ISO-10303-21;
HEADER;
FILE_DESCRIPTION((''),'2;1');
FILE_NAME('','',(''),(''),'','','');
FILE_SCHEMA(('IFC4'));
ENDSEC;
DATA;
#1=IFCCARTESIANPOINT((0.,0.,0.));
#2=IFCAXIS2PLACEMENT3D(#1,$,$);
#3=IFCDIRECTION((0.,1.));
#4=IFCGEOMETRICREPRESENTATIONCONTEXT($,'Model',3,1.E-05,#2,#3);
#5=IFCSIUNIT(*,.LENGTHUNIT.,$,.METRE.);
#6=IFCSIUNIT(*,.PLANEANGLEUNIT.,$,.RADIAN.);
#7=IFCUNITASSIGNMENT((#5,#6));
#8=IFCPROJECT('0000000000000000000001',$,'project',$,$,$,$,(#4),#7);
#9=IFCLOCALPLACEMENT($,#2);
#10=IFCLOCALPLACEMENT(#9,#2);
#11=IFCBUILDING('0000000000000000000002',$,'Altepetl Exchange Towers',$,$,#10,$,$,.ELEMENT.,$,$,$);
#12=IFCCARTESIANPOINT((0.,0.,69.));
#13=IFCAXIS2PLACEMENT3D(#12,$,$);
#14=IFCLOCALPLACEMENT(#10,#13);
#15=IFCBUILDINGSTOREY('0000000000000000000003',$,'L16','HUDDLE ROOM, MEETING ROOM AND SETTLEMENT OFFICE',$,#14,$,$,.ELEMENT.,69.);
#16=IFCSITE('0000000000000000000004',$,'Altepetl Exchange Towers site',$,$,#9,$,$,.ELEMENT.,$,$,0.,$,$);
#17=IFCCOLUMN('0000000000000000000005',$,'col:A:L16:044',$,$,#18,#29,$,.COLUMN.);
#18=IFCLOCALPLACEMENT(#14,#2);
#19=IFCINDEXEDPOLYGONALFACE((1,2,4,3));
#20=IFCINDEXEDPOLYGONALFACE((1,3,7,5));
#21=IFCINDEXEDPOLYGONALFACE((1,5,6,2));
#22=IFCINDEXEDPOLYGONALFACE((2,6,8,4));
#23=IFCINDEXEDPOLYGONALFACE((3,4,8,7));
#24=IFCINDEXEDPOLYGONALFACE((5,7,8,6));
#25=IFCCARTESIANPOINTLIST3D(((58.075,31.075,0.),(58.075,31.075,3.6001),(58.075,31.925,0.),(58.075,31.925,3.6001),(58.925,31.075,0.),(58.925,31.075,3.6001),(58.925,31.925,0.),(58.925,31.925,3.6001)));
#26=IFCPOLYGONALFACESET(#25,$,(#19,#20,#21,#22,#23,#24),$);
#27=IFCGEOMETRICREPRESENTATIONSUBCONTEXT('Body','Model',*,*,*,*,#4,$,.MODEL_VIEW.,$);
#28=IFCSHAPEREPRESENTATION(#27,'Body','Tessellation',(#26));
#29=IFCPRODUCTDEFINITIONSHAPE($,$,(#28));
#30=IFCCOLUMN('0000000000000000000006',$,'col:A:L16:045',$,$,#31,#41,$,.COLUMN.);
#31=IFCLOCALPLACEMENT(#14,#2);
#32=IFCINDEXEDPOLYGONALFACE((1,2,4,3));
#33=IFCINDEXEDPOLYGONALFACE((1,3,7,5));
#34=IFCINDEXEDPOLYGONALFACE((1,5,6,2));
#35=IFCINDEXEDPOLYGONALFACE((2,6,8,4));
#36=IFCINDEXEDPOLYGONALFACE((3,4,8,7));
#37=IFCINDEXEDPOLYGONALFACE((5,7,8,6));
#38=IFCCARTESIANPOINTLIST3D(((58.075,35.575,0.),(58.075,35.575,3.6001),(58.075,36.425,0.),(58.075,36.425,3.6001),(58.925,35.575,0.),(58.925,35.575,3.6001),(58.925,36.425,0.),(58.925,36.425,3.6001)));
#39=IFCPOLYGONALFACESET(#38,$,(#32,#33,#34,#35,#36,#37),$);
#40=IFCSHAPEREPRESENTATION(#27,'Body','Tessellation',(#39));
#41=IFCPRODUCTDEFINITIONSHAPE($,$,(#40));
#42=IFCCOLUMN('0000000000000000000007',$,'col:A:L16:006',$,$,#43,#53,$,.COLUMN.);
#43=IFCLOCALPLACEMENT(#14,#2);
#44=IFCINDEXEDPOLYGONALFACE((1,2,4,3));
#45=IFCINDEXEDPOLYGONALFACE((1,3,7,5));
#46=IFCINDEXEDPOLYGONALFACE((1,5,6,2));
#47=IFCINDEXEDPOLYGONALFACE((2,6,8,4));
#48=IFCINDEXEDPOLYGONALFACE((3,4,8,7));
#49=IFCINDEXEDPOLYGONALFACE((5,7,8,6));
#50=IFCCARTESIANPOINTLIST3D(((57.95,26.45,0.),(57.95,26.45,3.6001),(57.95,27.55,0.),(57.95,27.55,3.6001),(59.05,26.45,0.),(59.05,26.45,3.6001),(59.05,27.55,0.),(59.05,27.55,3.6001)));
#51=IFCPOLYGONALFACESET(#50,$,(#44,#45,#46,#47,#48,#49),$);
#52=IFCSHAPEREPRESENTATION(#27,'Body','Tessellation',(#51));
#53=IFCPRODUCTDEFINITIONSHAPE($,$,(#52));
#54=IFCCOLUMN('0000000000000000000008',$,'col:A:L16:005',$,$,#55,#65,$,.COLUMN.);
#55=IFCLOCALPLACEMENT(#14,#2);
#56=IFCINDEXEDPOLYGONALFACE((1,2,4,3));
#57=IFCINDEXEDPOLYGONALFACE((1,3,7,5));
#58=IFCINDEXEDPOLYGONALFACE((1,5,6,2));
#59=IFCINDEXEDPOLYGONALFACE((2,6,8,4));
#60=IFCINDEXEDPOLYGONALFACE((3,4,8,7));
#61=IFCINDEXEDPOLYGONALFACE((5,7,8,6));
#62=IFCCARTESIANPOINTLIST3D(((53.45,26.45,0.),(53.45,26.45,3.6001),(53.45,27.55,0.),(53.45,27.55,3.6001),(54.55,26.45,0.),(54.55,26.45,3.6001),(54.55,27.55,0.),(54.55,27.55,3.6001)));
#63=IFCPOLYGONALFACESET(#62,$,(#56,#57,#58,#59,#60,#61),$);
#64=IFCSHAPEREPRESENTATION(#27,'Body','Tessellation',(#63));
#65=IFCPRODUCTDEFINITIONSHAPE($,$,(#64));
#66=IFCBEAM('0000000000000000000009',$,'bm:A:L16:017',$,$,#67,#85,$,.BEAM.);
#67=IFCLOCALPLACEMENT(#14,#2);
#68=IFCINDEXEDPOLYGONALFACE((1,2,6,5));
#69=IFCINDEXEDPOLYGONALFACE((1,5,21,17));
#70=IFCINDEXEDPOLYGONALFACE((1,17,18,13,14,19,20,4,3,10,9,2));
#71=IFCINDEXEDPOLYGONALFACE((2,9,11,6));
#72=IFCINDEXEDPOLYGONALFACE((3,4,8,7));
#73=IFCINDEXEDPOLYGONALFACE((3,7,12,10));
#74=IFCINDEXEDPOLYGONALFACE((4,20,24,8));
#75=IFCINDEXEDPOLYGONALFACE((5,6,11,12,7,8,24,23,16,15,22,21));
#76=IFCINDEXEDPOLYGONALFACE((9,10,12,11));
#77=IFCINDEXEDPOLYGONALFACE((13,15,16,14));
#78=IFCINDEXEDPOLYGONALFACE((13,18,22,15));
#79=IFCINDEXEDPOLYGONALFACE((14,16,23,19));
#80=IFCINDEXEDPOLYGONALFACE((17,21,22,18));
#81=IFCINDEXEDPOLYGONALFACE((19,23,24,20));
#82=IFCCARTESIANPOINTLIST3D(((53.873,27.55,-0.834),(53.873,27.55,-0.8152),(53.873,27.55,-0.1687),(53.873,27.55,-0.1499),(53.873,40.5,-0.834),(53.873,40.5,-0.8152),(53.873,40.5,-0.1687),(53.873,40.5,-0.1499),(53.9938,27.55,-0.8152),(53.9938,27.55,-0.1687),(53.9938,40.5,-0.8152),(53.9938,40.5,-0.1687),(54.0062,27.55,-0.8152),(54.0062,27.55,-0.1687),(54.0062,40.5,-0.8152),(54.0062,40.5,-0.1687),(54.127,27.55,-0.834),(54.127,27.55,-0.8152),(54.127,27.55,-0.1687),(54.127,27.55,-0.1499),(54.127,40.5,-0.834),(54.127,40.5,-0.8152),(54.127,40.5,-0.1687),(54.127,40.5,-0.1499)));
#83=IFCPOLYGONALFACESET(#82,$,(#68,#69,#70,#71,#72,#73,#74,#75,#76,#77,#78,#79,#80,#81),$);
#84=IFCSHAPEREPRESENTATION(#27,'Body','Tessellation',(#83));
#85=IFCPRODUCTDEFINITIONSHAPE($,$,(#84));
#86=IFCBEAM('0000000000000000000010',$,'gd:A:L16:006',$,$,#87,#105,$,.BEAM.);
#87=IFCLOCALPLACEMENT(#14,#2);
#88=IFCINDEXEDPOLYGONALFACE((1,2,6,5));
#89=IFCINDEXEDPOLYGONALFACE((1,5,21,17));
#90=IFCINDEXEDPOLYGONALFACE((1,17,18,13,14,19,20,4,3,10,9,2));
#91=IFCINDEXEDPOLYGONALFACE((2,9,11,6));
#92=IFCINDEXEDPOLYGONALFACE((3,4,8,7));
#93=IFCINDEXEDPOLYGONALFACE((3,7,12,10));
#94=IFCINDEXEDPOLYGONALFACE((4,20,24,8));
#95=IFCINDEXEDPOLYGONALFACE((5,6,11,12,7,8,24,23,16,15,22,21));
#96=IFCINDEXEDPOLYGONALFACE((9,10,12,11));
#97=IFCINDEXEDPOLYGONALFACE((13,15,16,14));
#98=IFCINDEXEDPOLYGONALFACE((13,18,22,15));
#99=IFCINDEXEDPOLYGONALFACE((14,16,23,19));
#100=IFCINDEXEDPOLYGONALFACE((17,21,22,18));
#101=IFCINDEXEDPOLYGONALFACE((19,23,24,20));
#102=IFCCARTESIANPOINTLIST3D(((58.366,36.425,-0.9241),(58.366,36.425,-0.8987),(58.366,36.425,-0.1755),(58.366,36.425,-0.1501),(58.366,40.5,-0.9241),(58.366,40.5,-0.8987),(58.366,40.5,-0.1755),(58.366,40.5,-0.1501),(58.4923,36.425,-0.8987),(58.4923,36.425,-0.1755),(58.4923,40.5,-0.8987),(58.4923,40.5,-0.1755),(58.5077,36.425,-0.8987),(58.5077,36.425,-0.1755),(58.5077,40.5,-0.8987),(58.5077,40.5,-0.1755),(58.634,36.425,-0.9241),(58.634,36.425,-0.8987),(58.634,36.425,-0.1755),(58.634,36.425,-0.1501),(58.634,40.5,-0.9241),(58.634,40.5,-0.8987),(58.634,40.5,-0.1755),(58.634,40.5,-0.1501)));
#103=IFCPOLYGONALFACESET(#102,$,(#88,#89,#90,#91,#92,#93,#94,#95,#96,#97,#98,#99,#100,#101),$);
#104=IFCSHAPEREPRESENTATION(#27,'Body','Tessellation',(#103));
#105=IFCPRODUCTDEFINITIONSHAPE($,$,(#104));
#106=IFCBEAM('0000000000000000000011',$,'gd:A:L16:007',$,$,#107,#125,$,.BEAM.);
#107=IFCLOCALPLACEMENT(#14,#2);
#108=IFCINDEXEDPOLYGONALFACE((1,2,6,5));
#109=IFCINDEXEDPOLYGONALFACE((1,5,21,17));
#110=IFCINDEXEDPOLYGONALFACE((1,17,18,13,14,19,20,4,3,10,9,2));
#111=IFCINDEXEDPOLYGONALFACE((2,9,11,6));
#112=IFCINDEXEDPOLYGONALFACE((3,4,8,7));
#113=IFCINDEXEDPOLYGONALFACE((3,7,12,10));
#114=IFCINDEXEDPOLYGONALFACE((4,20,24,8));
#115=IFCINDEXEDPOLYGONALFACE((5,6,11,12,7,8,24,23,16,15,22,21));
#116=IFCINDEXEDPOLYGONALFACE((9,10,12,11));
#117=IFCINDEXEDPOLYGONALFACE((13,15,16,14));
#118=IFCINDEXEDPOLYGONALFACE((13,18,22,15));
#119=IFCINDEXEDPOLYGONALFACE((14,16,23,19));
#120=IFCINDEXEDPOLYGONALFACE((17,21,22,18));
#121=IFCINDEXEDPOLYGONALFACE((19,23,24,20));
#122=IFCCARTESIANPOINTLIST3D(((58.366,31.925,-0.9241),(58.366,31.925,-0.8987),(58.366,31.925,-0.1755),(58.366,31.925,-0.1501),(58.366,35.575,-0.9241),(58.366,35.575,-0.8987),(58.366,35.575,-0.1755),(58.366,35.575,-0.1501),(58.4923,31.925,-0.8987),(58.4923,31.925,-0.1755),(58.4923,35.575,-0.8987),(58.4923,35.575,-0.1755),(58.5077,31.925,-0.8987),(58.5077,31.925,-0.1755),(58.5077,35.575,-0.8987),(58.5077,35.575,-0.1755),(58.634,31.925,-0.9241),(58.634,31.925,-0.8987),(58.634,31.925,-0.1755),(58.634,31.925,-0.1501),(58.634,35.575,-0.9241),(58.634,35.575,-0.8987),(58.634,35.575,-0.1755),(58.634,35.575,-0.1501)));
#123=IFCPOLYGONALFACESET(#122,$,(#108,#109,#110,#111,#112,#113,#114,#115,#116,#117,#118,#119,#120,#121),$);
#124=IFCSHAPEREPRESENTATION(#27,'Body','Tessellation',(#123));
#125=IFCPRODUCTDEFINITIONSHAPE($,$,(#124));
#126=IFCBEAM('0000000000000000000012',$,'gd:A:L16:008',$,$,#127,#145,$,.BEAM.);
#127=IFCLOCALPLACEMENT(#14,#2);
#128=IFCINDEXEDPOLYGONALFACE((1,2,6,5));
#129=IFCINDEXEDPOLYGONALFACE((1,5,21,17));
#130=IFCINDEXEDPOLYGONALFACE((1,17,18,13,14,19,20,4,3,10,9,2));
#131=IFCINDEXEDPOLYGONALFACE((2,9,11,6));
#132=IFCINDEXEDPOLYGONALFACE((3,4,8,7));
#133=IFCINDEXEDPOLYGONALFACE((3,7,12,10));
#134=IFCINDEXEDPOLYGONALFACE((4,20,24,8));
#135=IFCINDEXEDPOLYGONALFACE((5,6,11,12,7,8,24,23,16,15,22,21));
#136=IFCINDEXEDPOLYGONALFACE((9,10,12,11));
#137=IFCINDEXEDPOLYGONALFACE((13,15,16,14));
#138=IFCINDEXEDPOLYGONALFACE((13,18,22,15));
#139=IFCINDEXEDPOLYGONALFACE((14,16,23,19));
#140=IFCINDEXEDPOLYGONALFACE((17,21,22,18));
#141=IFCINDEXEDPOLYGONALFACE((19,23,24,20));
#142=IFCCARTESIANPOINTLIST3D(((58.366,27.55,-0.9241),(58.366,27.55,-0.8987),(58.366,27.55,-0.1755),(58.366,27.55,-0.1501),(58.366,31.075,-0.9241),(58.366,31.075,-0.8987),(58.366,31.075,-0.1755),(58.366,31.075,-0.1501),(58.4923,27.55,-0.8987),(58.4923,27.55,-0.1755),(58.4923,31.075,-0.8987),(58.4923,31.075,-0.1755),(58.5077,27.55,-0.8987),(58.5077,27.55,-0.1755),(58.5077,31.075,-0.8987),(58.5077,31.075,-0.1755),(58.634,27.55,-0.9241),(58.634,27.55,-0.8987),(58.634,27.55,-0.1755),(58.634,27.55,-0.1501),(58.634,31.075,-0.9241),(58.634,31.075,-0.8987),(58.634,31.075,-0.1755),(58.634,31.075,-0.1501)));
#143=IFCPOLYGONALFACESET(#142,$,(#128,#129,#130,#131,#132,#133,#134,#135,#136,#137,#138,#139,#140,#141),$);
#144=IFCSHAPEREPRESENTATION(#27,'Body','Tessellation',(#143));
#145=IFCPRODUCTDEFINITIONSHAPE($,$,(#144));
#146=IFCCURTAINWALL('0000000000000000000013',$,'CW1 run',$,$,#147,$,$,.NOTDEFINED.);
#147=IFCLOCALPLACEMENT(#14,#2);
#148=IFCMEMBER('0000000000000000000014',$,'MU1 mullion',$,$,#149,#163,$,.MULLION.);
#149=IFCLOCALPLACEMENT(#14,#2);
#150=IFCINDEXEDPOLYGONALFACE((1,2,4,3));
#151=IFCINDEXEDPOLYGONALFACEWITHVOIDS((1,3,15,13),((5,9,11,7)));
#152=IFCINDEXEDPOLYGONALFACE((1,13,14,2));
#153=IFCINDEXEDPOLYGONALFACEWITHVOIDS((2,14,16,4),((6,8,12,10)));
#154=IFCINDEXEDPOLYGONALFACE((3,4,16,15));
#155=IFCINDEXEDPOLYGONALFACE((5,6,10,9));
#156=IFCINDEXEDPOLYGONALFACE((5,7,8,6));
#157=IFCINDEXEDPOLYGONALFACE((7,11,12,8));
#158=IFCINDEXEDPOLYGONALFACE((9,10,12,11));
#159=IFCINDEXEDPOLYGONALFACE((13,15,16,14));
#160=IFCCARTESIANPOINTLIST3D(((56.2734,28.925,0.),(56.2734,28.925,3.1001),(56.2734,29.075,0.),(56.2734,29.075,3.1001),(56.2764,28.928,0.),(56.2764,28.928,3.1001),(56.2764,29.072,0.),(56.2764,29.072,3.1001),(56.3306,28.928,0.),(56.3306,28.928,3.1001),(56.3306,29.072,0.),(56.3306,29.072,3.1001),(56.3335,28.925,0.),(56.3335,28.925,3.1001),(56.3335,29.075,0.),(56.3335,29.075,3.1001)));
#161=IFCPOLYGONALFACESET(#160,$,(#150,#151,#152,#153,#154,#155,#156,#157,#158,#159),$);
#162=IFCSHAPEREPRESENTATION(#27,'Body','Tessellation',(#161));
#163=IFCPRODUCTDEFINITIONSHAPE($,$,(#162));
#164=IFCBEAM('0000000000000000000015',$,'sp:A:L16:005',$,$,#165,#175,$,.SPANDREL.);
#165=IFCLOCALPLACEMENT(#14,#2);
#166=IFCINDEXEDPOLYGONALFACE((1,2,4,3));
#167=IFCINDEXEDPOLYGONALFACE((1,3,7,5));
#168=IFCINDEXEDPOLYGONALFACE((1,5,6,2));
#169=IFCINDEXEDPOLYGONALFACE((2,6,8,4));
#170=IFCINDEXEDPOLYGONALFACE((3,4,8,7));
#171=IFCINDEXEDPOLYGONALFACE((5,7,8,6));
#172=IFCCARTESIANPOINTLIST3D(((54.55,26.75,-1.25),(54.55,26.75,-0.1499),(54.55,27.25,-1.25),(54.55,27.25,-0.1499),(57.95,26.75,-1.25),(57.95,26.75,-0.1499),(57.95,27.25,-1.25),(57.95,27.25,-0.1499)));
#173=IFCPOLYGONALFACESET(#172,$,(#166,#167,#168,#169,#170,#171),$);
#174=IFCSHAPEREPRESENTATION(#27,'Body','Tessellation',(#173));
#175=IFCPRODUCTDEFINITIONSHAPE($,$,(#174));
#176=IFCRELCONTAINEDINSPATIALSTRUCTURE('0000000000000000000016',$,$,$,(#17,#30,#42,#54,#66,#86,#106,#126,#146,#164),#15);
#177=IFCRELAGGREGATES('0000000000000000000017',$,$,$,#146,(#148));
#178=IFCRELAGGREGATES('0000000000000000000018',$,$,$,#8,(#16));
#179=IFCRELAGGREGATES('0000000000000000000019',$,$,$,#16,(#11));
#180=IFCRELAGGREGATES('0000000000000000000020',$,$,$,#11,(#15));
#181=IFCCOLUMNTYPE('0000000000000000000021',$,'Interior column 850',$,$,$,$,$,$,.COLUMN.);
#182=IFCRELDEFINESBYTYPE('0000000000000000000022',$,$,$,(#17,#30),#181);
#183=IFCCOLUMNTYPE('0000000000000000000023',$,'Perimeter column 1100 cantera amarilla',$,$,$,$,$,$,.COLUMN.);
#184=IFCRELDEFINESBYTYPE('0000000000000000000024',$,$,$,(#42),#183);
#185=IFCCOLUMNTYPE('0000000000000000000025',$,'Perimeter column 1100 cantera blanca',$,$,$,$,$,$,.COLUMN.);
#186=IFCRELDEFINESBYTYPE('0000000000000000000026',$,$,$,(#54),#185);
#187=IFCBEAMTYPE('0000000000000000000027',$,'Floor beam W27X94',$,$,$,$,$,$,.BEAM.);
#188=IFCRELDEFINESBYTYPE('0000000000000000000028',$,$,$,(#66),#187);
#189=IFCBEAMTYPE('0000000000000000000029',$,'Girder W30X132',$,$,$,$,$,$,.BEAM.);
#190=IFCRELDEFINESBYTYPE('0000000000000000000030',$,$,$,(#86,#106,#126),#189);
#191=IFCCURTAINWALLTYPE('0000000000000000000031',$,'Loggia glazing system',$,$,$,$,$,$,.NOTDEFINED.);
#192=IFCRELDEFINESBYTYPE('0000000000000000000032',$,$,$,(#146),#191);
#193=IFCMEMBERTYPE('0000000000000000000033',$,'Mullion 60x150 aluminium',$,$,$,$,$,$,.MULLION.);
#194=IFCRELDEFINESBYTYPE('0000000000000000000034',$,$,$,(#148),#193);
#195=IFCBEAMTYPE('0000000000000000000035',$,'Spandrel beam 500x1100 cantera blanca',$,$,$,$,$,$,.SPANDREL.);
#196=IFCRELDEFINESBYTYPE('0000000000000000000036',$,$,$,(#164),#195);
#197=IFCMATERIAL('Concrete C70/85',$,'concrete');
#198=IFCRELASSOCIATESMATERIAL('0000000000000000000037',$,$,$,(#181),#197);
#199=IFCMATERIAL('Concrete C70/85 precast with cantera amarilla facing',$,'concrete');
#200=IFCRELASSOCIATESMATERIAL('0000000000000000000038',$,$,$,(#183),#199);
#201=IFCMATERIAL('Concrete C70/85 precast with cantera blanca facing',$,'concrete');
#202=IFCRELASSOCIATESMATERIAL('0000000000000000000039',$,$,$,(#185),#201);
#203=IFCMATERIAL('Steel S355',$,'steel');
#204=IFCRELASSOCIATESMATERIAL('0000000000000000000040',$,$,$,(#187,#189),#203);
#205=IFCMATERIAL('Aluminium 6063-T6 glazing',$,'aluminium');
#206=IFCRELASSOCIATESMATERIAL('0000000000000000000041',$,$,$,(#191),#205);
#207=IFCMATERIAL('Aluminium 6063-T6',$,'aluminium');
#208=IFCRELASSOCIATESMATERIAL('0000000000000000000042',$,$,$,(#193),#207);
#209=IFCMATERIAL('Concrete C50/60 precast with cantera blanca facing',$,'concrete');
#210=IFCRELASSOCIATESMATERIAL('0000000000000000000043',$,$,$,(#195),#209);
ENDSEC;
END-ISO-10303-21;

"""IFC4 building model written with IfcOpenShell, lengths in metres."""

from ifc_helpers import new_model, si_unit, direction, frame, origin, origin_2d, place, context, subcontext, project, spatial, rectangle, hollow_rectangle, i_section, extrude, material, material_profile, profile_set, type_object, element, aggregate, save


model = new_model("IFC4")

# Units and contexts
model_context = context("Model", 3, precision=1e-05, world=origin(), true_north=direction((0.0, 1.0)))
body_context = subcontext(model_context, "Body", "Model", "MODEL_VIEW")
ifc_project = project(units=[si_unit("LENGTHUNIT", "METRE"), si_unit("PLANEANGLEUNIT", "RADIAN")], contexts=[model_context])

# Site, building, storey
site_placement = place(None, origin())
site = spatial("IfcSite", under=ifc_project, at=site_placement, Name="Altepetl Exchange Towers site", CompositionType="ELEMENT", RefElevation=0.0)
building_placement = place(site_placement, origin())
building = spatial("IfcBuilding", under=site, at=building_placement, Name="Altepetl Exchange Towers", CompositionType="ELEMENT")
storey_placement = place(building_placement, frame((0.0, 0.0, 69.0)))
storey = spatial("IfcBuildingStorey", under=building, at=storey_placement, Name="L16", Description="HUDDLE ROOM, MEETING ROOM AND SETTLEMENT OFFICE", CompositionType="ELEMENT", Elevation=69.0)

# Columns
ifc_material_1 = material(Name="Concrete C70/85", Category="concrete")
ifc_material_profile_1 = material_profile(ifc_material_1, rectangle(XDim=0.8501, YDim=0.8501, at=origin_2d()), Name="850 x 850")
ifc_profile_set_1 = profile_set([ifc_material_profile_1], Name="Concrete C70/85")
column_type_1 = type_object("IfcColumnType", Name="Interior column 850", PredefinedType="COLUMN", material=ifc_profile_set_1)
for number, where, name in (
    (1, (58.5, 31.5, 0.0), "col:A:L16:044"),
    (2, (58.5, 36.0, 0.0), "col:A:L16:045"),
):
    element("IfcColumn", number, at=place(storey_placement, frame(where)), inside=storey, type_object=column_type_1, Name=name, PredefinedType="COLUMN", context=body_context, shape_type="SweptSolid", body=[
        extrude(rectangle(XDim=0.8501, YDim=0.8501, at=origin_2d()), origin(), (0.0, 0.0, 1.0), 3.6001),
    ])
ifc_material_2 = material(Name="Concrete C70/85 precast with cantera amarilla facing", Category="concrete")
ifc_material_profile_2 = material_profile(ifc_material_2, rectangle(XDim=1.1001, YDim=1.1001, at=origin_2d()), Name="1100 x 1100")
ifc_profile_set_2 = profile_set([ifc_material_profile_2], Name="Concrete C70/85 precast with cantera amarilla facing")
column_type_2 = type_object("IfcColumnType", Name="Perimeter column 1100 cantera amarilla", PredefinedType="COLUMN", material=ifc_profile_set_2)
column_1_placement = place(storey_placement, frame((58.5, 27.0, 0.0)))
element("IfcColumn", 3, at=column_1_placement, inside=storey, type_object=column_type_2, Name="col:A:L16:006", PredefinedType="COLUMN", context=body_context, shape_type="SweptSolid", body=[
    extrude(rectangle(XDim=1.1001, YDim=1.1001, at=origin_2d()), origin(), (0.0, 0.0, 1.0), 3.6001),
])
ifc_material_3 = material(Name="Concrete C70/85 precast with cantera blanca facing", Category="concrete")
ifc_material_profile_3 = material_profile(ifc_material_3, rectangle(XDim=1.1001, YDim=1.1001, at=origin_2d()), Name="1100 x 1100")
ifc_profile_set_3 = profile_set([ifc_material_profile_3], Name="Concrete C70/85 precast with cantera blanca facing")
column_type_3 = type_object("IfcColumnType", Name="Perimeter column 1100 cantera blanca", PredefinedType="COLUMN", material=ifc_profile_set_3)
column_2_placement = place(storey_placement, frame((54.0, 27.0, 0.0)))
element("IfcColumn", 4, at=column_2_placement, inside=storey, type_object=column_type_3, Name="col:A:L16:005", PredefinedType="COLUMN", context=body_context, shape_type="SweptSolid", body=[
    extrude(rectangle(XDim=1.1001, YDim=1.1001, at=origin_2d()), origin(), (0.0, 0.0, 1.0), 3.6001),
])

# Beams
ifc_material_4 = material(Name="Steel S355", Category="steel")
ifc_material_profile_4 = material_profile(ifc_material_4, i_section(OverallWidth=0.2539, OverallDepth=0.6841, WebThickness=0.0125, FlangeThickness=0.0188, at=origin_2d()), Name="W27X94")
ifc_profile_set_4 = profile_set([ifc_material_profile_4], Name="Steel S355")
beam_type_1 = type_object("IfcBeamType", Name="Floor beam W27X94", PredefinedType="BEAM", material=ifc_profile_set_4)
beam_1_placement = place(storey_placement, frame((54.0, 27.55, -0.4919), z_axis=(0.0, 1.0, 0.0), x_axis=(-1.0, 0.0, 0.0)))
element("IfcBeam", 5, at=beam_1_placement, inside=storey, type_object=beam_type_1, Name="bm:A:L16:017", PredefinedType="BEAM", context=body_context, shape_type="SweptSolid", body=[
    extrude(i_section(OverallWidth=0.2539, OverallDepth=0.6841, WebThickness=0.0125, FlangeThickness=0.0188, at=origin_2d()), origin(), (0.0, 0.0, 1.0), 12.95),
])
ifc_material_profile_5 = material_profile(ifc_material_4, i_section(OverallWidth=0.2681, OverallDepth=0.7739, WebThickness=0.0154, FlangeThickness=0.0254, at=origin_2d()), Name="W30X132")
ifc_profile_set_5 = profile_set([ifc_material_profile_5], Name="Steel S355")
beam_type_2 = type_object("IfcBeamType", Name="Girder W30X132", PredefinedType="BEAM", material=ifc_profile_set_5)
beam_2_placement = place(storey_placement, frame((58.5, 40.5, -0.5371), z_axis=(0.0, -1.0, 0.0), x_axis=(1.0, 0.0, 0.0)))
element("IfcBeam", 6, at=beam_2_placement, inside=storey, type_object=beam_type_2, Name="gd:A:L16:006", PredefinedType="BEAM", context=body_context, shape_type="SweptSolid", body=[
    extrude(i_section(OverallWidth=0.2681, OverallDepth=0.7739, WebThickness=0.0154, FlangeThickness=0.0254, at=origin_2d()), origin(), (0.0, 0.0, 1.0), 4.075),
])
beam_3_placement = place(storey_placement, frame((58.5, 35.575, -0.5371), z_axis=(0.0, -1.0, 0.0), x_axis=(1.0, 0.0, 0.0)))
element("IfcBeam", 7, at=beam_3_placement, inside=storey, type_object=beam_type_2, Name="gd:A:L16:007", PredefinedType="BEAM", context=body_context, shape_type="SweptSolid", body=[
    extrude(i_section(OverallWidth=0.2681, OverallDepth=0.7739, WebThickness=0.0154, FlangeThickness=0.0254, at=origin_2d()), origin(), (0.0, 0.0, 1.0), 3.6499),
])
beam_4_placement = place(storey_placement, frame((58.5, 31.075, -0.5371), z_axis=(0.0, -1.0, 0.0), x_axis=(1.0, 0.0, 0.0)))
element("IfcBeam", 8, at=beam_4_placement, inside=storey, type_object=beam_type_2, Name="gd:A:L16:008", PredefinedType="BEAM", context=body_context, shape_type="SweptSolid", body=[
    extrude(i_section(OverallWidth=0.2681, OverallDepth=0.7739, WebThickness=0.0154, FlangeThickness=0.0254, at=origin_2d()), origin(), (0.0, 0.0, 1.0), 3.5249),
])

# Curtain wall, member
ifc_material_5 = material(Name="Aluminium 6063-T6 glazing", Category="aluminium")
curtain_wall_type = type_object("IfcCurtainWallType", Name="Loggia glazing system", PredefinedType="NOTDEFINED", material=ifc_material_5)
curtain_wall_placement = place(storey_placement, origin())
curtain_wall = element("IfcCurtainWall", 9, at=curtain_wall_placement, inside=storey, type_object=curtain_wall_type, Name="CW1 run", PredefinedType="NOTDEFINED")
ifc_material_6 = material(Name="Aluminium 6063-T6", Category="aluminium")
ifc_material_profile_6 = material_profile(ifc_material_6, hollow_rectangle(XDim=0.0601, YDim=0.1499, WallThickness=0.0029, at=origin_2d()), Name="Mullion 60x150 aluminium")
ifc_profile_set_6 = profile_set([ifc_material_profile_6], Name="Aluminium 6063-T6")
member_type = type_object("IfcMemberType", Name="Mullion 60x150 aluminium", PredefinedType="MULLION", material=ifc_profile_set_6)
member_placement = place(storey_placement, frame((56.3035, 29.0, 0.0)))
member = element("IfcMember", 10, at=member_placement, type_object=member_type, Name="MU1 mullion", PredefinedType="MULLION", context=body_context, shape_type="SweptSolid", body=[
    extrude(hollow_rectangle(XDim=0.0601, YDim=0.1499, WallThickness=0.0029, at=origin_2d()), origin(), (0.0, 0.0, 1.0), 3.1001),
])

# Beam
ifc_material_7 = material(Name="Concrete C50/60 precast with cantera blanca facing", Category="concrete")
ifc_material_profile_7 = material_profile(ifc_material_7, rectangle(XDim=0.5, YDim=1.1001, at=origin_2d()), Name="500 x 1100")
ifc_profile_set_7 = profile_set([ifc_material_profile_7], Name="Concrete C50/60 precast with cantera blanca facing")
beam_type_3 = type_object("IfcBeamType", Name="Spandrel beam 500x1100 cantera blanca", PredefinedType="SPANDREL", material=ifc_profile_set_7)
beam_5_placement = place(storey_placement, frame((54.55, 27.0, -0.7), z_axis=(1.0, 0.0, 0.0), x_axis=(0.0, 1.0, 0.0)))
element("IfcBeam", 11, at=beam_5_placement, inside=storey, type_object=beam_type_3, Name="sp:A:L16:005", PredefinedType="SPANDREL", context=body_context, shape_type="SweptSolid", body=[
    extrude(rectangle(XDim=0.5, YDim=1.1001, at=origin_2d()), origin(), (0.0, 0.0, 1.0), 3.3999),
])

aggregate(curtain_wall, [member])

save(model, "model.ifc")
